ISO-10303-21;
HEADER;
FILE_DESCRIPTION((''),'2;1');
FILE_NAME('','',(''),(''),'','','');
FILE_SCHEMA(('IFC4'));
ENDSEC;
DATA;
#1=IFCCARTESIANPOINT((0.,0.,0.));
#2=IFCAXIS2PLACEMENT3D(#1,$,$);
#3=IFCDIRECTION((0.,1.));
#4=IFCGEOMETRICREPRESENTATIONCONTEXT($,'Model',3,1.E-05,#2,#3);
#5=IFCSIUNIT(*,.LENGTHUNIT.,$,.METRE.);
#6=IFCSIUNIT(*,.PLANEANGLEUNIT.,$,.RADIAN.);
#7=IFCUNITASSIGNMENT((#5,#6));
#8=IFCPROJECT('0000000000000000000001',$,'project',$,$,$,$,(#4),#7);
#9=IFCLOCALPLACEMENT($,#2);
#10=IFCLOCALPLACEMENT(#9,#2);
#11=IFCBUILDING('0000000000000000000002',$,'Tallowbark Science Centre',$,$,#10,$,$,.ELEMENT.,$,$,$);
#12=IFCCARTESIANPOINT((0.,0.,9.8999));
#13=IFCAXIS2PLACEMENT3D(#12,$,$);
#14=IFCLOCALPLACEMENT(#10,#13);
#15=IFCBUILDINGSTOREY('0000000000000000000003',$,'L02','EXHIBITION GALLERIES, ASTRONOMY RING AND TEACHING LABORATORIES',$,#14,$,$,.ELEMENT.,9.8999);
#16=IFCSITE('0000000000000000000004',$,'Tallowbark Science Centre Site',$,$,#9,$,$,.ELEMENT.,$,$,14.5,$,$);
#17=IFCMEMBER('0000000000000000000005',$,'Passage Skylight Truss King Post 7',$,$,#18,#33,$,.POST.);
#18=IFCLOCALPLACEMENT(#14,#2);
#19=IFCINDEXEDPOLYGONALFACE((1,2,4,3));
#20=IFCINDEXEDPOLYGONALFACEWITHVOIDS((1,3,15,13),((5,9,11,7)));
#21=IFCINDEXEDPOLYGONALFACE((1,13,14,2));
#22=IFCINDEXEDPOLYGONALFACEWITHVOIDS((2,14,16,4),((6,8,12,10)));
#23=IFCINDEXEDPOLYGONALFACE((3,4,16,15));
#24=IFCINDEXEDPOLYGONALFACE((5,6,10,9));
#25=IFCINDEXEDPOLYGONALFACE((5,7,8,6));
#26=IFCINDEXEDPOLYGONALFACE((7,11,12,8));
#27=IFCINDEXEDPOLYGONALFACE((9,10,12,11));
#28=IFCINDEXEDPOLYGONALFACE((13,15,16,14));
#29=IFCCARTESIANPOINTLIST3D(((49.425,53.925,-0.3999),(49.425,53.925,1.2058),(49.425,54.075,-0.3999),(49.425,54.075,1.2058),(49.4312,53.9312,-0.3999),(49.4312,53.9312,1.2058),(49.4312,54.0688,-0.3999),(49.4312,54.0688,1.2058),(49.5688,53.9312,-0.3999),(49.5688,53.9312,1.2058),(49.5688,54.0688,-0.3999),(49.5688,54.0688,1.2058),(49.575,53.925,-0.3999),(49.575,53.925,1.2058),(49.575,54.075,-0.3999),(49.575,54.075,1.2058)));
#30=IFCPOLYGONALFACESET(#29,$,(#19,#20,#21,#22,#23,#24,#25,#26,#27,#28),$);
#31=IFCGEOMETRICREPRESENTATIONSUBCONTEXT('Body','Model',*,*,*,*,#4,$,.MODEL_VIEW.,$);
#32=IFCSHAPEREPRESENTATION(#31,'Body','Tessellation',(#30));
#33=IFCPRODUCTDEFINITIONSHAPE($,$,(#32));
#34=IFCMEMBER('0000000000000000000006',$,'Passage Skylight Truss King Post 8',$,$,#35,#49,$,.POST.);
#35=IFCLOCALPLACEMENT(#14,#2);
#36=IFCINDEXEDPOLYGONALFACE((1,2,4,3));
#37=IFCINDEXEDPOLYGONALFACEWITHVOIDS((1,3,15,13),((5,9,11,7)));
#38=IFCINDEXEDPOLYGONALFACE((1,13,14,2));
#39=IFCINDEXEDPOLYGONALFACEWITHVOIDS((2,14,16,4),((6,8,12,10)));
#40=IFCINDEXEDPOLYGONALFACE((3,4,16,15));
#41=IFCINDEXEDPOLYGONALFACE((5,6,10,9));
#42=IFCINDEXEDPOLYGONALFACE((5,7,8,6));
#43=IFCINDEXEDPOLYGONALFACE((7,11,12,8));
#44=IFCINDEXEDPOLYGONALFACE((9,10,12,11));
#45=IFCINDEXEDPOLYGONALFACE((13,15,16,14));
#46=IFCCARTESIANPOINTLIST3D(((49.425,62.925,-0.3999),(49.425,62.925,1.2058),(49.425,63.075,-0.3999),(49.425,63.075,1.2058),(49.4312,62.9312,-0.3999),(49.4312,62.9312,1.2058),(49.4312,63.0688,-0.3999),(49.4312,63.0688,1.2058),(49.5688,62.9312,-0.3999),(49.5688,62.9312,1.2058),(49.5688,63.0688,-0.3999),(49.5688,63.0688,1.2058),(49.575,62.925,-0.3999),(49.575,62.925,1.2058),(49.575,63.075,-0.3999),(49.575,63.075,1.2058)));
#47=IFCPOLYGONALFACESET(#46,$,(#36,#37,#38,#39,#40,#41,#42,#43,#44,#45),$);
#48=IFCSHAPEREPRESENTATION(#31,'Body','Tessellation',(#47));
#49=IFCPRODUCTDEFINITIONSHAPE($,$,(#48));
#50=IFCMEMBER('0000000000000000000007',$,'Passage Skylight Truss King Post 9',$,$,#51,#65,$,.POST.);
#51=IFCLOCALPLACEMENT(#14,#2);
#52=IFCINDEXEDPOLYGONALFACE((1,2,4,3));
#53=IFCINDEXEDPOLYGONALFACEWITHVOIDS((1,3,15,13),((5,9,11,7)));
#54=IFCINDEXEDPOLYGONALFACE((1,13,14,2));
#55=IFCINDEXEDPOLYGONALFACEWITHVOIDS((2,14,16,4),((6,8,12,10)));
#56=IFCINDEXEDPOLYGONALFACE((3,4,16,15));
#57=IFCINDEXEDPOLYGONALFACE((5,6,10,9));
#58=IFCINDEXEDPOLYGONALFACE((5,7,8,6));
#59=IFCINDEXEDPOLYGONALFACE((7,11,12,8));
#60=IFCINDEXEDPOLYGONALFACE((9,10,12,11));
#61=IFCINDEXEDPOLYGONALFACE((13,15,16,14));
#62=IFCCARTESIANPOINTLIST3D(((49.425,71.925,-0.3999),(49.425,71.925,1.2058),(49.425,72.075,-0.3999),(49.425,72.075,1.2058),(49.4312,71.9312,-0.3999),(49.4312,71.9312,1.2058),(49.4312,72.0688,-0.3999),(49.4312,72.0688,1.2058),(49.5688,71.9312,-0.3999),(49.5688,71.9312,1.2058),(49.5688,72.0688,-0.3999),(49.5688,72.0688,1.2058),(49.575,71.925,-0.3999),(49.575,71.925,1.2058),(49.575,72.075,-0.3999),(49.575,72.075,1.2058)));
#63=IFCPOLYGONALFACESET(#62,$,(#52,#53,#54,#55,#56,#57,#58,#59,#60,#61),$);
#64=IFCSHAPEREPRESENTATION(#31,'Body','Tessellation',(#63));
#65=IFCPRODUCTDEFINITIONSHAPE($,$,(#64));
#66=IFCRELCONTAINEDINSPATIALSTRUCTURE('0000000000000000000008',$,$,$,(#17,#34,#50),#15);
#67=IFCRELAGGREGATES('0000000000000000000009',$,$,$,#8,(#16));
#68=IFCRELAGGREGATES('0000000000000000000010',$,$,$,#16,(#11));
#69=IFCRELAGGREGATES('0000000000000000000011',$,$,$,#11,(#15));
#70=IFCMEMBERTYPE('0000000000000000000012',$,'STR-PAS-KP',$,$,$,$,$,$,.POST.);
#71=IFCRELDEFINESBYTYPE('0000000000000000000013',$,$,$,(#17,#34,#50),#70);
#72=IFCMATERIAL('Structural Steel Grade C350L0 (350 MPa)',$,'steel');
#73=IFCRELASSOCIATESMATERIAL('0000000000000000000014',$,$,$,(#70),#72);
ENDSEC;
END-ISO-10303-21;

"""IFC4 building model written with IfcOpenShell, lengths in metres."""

from ifc_helpers import new_model, si_unit, direction, frame, origin, origin_2d, place, context, subcontext, project, spatial, hollow_rectangle, extrude, material, material_profile, profile_set, type_object, element, save


model = new_model("IFC4")

# Units and contexts
model_context = context("Model", 3, precision=1e-05, world=origin(), true_north=direction((0.0, 1.0)))
body_context = subcontext(model_context, "Body", "Model", "MODEL_VIEW")
ifc_project = project(units=[si_unit("LENGTHUNIT", "METRE"), si_unit("PLANEANGLEUNIT", "RADIAN")], contexts=[model_context])

# Site, building, storey
site_placement = place(None, origin())
site = spatial("IfcSite", under=ifc_project, at=site_placement, Name="Tallowbark Science Centre Site", CompositionType="ELEMENT", RefElevation=14.5)
building_placement = place(site_placement, origin())
building = spatial("IfcBuilding", under=site, at=building_placement, Name="Tallowbark Science Centre", CompositionType="ELEMENT")
storey_placement = place(building_placement, frame((0.0, 0.0, 9.8999)))
storey = spatial("IfcBuildingStorey", under=building, at=storey_placement, Name="L02", Description="EXHIBITION GALLERIES, ASTRONOMY RING AND TEACHING LABORATORIES", CompositionType="ELEMENT", Elevation=9.8999)

# Shared definitions
ifc_material_1 = material(Name="Structural Steel Grade C350L0 (350 MPa)", Category="steel")

# Members
ifc_material_profile_1 = material_profile(ifc_material_1, hollow_rectangle(XDim=0.1499, YDim=0.1499, WallThickness=0.0061, at=origin_2d()), Name="150x150x6.0SHS")
ifc_profile_set_1 = profile_set([ifc_material_profile_1], Name="Structural Steel Grade C350L0 (350 MPa)")
member_type_1 = type_object("IfcMemberType", Name="STR-PAS-KP", PredefinedType="POST", material=ifc_profile_set_1)
for number, where, z_axis, x_axis, name in (
    (1, (49.5, 54.0, -0.3999), (0.0, 0.0, 1.0), (1.0, 0.0, 0.0), "Passage Skylight Truss King Post 7"),
    (2, (49.5, 63.0, -0.3999), (0.0, 0.0, 1.0), (1.0, 0.0, 0.0), "Passage Skylight Truss King Post 8"),
    (3, (49.5, 72.0, -0.3999), (0.0, 0.0, 1.0), (1.0, 0.0, 0.0), "Passage Skylight Truss King Post 9"),
):
    element("IfcMember", number, at=place(storey_placement, frame(where, z_axis=z_axis, x_axis=x_axis)), inside=storey, type_object=member_type_1, Name=name, PredefinedType="POST", context=body_context, shape_type="SweptSolid", body=[
        extrude(hollow_rectangle(XDim=0.1499, YDim=0.1499, WallThickness=0.0061, at=origin_2d()), origin(), (0.0, 0.0, 1.0), 1.6057),
    ])

save(model, "model.ifc")
